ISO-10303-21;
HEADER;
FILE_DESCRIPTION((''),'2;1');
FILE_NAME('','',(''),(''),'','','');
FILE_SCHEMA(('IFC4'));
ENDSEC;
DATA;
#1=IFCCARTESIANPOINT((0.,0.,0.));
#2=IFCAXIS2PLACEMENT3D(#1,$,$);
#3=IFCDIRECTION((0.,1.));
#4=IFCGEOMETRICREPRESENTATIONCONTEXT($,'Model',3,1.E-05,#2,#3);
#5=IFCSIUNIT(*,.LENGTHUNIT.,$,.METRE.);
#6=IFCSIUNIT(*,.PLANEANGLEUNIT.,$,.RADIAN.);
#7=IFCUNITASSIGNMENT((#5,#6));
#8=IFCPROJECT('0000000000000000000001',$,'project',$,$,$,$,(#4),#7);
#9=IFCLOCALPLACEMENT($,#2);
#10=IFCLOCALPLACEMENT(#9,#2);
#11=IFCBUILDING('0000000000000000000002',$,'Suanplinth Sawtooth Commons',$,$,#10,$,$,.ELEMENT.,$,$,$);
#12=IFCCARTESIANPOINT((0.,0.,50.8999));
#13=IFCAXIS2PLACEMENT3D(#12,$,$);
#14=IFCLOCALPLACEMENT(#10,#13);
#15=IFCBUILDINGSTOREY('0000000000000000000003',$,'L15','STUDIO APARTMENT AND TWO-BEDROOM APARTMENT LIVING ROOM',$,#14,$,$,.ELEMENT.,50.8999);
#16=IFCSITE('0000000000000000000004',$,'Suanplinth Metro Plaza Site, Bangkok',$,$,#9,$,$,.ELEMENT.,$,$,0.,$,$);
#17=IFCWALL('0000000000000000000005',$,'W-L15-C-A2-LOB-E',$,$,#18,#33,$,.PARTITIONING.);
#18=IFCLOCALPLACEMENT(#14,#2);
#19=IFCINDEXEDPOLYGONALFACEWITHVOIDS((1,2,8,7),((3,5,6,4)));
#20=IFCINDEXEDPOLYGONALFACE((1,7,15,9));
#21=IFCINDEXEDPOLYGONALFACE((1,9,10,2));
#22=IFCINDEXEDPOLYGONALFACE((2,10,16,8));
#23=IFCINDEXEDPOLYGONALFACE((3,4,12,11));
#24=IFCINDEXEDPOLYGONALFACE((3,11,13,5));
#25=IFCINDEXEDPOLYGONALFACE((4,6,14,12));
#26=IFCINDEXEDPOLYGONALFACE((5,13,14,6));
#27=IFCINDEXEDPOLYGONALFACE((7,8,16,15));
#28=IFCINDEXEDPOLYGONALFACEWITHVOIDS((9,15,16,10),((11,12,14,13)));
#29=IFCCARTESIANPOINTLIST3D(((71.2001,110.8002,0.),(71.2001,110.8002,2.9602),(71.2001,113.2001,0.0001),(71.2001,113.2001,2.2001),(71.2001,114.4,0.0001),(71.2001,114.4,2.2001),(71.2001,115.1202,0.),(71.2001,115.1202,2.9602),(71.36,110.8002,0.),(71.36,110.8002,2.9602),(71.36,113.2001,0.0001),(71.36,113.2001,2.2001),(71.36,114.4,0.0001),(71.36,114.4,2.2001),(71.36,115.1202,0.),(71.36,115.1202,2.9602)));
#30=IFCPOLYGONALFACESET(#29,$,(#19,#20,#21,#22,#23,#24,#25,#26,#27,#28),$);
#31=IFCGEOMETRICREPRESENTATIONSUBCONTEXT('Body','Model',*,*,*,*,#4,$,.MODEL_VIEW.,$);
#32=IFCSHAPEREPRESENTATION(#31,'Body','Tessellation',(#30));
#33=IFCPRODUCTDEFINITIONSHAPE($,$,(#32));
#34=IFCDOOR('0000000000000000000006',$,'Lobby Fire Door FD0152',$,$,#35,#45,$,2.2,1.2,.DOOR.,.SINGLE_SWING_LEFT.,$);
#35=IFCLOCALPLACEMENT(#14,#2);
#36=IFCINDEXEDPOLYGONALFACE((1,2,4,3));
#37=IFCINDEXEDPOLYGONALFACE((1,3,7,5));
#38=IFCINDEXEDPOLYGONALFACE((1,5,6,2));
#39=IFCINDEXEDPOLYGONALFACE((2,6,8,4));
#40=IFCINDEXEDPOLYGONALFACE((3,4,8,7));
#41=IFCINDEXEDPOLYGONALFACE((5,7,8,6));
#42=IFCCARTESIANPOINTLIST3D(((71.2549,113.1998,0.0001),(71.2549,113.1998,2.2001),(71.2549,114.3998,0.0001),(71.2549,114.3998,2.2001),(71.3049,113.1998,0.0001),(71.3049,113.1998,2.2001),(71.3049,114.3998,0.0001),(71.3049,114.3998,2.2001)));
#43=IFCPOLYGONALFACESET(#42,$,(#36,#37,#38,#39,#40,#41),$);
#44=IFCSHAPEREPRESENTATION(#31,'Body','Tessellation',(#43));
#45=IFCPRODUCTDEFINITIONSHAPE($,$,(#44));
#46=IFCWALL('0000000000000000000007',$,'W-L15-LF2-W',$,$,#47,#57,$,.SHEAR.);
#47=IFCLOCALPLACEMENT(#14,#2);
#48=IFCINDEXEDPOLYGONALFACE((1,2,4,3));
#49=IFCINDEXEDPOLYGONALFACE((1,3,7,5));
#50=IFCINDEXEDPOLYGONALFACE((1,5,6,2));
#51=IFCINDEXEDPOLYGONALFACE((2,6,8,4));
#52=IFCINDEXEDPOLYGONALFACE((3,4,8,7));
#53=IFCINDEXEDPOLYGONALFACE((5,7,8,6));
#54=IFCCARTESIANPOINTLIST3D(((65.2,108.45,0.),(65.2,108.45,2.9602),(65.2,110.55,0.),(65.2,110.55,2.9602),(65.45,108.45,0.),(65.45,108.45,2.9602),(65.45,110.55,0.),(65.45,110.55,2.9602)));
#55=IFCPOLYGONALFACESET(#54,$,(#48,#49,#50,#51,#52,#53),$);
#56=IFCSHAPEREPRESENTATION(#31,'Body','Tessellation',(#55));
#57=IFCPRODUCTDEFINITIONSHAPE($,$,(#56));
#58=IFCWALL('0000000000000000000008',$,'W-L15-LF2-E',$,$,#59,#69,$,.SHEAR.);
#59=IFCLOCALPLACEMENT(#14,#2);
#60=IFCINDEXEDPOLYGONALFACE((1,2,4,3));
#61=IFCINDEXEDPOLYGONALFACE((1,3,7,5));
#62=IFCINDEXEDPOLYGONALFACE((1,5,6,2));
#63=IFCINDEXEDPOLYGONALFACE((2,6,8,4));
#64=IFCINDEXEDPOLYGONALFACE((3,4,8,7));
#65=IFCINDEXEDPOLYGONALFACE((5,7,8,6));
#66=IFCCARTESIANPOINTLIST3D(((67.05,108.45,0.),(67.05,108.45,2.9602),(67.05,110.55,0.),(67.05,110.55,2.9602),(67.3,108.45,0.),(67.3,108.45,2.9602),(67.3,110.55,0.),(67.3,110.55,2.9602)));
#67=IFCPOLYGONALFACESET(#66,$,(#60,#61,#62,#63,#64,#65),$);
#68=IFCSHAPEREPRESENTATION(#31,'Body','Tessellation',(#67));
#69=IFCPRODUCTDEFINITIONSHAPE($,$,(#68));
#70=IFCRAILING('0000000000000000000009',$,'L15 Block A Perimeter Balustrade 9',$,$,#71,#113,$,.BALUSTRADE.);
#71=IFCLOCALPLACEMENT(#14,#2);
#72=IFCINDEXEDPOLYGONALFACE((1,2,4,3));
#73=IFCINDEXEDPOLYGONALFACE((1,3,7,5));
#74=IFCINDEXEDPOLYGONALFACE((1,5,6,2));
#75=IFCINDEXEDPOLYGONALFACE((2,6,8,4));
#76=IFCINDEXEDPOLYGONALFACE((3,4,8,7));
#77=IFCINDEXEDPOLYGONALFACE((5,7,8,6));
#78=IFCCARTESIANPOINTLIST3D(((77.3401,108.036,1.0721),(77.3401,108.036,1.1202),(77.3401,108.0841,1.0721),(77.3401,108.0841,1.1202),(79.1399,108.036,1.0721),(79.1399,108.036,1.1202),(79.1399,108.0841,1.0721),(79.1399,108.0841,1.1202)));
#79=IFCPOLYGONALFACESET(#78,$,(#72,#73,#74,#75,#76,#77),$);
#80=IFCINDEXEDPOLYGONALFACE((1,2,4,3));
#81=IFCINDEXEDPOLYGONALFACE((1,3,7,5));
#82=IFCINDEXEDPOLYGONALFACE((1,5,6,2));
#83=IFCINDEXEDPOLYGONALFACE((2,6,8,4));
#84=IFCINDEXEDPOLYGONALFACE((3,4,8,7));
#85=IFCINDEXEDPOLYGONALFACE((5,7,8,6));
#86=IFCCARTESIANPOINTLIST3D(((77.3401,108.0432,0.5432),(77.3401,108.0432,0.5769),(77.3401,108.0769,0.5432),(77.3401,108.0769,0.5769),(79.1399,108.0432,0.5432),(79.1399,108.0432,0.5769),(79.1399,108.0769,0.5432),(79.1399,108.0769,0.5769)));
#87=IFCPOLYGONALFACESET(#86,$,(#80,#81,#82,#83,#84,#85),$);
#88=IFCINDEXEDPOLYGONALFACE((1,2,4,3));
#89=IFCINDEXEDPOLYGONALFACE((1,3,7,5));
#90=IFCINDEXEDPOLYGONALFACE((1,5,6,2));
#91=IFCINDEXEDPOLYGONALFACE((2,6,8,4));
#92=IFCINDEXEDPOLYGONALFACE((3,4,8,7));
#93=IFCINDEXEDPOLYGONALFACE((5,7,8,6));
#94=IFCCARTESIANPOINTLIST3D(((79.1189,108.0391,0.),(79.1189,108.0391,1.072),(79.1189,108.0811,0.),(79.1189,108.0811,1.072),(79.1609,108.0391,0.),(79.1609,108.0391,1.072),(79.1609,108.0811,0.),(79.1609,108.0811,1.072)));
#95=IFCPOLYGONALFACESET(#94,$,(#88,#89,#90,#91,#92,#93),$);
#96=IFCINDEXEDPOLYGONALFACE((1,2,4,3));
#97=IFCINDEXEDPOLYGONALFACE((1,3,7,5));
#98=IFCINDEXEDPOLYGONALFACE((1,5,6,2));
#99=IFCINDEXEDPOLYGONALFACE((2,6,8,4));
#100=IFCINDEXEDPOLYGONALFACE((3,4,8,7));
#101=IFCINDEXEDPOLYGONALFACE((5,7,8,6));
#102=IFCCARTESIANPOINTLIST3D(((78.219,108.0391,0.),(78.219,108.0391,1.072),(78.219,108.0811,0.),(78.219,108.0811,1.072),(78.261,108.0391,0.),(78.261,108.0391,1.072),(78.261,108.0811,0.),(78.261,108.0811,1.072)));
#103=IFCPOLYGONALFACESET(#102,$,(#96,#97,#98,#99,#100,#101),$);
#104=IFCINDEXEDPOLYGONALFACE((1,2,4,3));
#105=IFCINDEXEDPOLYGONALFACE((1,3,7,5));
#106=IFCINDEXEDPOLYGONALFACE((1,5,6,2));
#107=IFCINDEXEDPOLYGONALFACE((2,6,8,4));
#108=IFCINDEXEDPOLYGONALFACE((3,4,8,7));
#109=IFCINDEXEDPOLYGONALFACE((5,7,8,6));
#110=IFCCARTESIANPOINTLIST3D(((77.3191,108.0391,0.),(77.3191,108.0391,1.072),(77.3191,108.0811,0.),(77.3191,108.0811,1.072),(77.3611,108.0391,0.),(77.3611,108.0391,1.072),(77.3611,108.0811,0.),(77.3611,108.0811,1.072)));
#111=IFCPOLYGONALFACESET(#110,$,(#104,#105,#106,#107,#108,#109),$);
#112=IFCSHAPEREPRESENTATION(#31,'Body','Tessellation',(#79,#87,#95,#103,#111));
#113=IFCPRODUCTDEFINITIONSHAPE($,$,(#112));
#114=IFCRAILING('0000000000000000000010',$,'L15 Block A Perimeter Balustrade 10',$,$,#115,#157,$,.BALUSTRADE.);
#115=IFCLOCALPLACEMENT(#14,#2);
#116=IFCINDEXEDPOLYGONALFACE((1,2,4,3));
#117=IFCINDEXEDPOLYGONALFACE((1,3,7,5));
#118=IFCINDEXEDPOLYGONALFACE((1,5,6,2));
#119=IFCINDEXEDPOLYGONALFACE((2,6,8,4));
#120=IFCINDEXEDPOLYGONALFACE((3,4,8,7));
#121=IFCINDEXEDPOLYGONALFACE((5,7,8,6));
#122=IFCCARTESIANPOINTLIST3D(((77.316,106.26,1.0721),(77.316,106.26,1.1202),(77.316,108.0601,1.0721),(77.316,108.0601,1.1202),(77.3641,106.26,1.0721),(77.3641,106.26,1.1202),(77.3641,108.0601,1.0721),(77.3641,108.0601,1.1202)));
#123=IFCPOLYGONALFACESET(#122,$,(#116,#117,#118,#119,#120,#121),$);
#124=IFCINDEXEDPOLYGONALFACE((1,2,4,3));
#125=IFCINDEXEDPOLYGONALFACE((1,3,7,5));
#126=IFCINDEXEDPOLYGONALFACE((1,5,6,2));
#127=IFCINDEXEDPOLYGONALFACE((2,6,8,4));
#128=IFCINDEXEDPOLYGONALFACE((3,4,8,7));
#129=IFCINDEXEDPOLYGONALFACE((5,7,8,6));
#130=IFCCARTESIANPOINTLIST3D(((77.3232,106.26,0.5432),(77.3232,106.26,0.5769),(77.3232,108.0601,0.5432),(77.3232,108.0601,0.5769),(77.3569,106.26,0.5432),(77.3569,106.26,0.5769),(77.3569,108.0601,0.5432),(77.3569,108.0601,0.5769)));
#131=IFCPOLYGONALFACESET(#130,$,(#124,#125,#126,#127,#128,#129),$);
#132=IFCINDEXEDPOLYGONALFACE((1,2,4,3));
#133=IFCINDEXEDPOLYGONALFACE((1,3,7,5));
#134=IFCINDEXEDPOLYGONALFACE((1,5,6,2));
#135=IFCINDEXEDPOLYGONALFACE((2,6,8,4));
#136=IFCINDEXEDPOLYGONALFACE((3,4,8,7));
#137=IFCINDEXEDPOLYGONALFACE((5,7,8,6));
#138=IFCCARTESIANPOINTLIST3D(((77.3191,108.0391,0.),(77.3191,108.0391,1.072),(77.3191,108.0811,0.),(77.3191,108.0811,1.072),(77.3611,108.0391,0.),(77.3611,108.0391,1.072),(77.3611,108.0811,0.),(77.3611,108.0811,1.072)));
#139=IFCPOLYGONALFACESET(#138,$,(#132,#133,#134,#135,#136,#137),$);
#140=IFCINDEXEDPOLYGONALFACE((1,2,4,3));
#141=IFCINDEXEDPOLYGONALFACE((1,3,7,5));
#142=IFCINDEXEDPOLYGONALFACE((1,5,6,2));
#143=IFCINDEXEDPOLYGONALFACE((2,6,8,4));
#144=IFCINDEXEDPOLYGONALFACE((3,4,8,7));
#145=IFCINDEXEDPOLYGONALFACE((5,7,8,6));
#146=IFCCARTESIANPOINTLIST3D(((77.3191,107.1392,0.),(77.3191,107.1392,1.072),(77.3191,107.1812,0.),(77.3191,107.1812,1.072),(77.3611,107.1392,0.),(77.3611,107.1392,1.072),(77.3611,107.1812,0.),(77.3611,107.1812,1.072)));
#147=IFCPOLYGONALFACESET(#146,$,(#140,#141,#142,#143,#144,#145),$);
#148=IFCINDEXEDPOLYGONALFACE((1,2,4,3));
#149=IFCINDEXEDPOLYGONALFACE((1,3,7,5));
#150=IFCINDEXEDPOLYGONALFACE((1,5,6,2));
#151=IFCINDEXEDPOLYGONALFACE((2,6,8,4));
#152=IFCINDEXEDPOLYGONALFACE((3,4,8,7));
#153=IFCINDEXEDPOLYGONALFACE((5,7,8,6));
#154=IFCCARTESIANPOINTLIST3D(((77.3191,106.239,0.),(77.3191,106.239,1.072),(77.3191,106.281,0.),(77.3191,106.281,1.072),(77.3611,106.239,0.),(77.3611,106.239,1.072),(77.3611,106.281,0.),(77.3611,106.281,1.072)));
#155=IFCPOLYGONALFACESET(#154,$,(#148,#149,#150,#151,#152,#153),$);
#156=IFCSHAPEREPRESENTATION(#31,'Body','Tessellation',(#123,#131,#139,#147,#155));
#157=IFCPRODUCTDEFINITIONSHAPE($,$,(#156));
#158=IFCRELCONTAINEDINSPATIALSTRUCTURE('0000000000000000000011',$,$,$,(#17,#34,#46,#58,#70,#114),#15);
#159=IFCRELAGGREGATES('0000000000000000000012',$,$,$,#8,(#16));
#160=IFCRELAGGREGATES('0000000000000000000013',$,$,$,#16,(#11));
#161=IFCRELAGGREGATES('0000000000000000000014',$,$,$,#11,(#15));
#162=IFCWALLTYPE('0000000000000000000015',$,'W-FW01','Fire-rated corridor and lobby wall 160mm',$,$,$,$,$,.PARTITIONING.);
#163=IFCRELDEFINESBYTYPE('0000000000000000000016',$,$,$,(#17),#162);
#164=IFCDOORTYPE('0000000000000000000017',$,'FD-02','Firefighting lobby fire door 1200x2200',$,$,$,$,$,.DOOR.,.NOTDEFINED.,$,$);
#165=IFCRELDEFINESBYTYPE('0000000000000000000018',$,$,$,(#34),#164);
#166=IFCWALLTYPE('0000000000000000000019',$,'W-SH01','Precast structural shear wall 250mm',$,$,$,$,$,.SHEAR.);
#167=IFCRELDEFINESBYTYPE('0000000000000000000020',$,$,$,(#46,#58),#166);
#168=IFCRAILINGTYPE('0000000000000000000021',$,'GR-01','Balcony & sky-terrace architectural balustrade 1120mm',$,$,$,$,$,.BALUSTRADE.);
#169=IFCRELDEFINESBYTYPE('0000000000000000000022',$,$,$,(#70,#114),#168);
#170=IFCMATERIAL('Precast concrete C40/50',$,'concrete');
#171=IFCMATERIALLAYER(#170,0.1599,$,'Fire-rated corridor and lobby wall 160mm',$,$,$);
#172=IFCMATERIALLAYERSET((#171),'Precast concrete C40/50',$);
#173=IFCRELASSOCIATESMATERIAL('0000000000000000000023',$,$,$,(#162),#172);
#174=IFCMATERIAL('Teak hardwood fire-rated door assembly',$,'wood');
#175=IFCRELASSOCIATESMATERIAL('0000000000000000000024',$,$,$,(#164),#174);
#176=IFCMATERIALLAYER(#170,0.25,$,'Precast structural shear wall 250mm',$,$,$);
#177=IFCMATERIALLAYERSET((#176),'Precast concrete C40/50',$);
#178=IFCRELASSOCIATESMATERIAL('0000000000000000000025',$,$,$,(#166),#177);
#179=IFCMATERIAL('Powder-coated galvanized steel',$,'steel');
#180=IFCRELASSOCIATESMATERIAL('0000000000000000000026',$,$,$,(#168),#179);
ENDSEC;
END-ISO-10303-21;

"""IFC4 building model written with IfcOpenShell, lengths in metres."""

from ifc_helpers import new_model, si_unit, direction, frame, frame_2d, origin, origin_2d, place, context, subcontext, project, spatial, rectangle, extrude, material, layer, layer_set, type_object, element, fill, save


model = new_model("IFC4")

# Units and contexts
model_context = context("Model", 3, precision=1e-05, world=origin(), true_north=direction((0.0, 1.0)))
body_context = subcontext(model_context, "Body", "Model", "MODEL_VIEW")
ifc_project = project(units=[si_unit("LENGTHUNIT", "METRE"), si_unit("PLANEANGLEUNIT", "RADIAN")], contexts=[model_context])

# Site, building, storey
site_placement = place(None, origin())
site = spatial("IfcSite", under=ifc_project, at=site_placement, Name="Suanplinth Metro Plaza Site, Bangkok", CompositionType="ELEMENT", RefElevation=0.0)
building_placement = place(site_placement, origin())
building = spatial("IfcBuilding", under=site, at=building_placement, Name="Suanplinth Sawtooth Commons", CompositionType="ELEMENT")
storey_placement = place(building_placement, frame((0.0, 0.0, 50.8999)))
storey = spatial("IfcBuildingStorey", under=building, at=storey_placement, Name="L15", Description="STUDIO APARTMENT AND TWO-BEDROOM APARTMENT LIVING ROOM", CompositionType="ELEMENT", Elevation=50.8999)

# Shared definitions
ifc_material_1 = material(Name="Precast concrete C40/50", Category="concrete")

# Wall, opening, door
ifc_layer_1 = layer(ifc_material_1, 0.1599, Name="Fire-rated corridor and lobby wall 160mm")
ifc_layer_set_1 = layer_set([ifc_layer_1], Name="Precast concrete C40/50")
wall_type_1 = type_object("IfcWallType", Name="W-FW01", Description="Fire-rated corridor and lobby wall 160mm", PredefinedType="PARTITIONING", material=ifc_layer_set_1)
ifc_material_2 = material(Name="Teak hardwood fire-rated door assembly", Category="wood")
door_type_1 = type_object("IfcDoorType", Name="FD-02", Description="Firefighting lobby fire door 1200x2200", OperationType="NOTDEFINED", PredefinedType="DOOR", material=ifc_material_2)
wall_1_placement = place(storey_placement, frame((71.28, 110.8, 0.0), z_axis=(0.0, 0.0, 1.0), x_axis=(0.0, 1.0, 0.0)))
wall_1 = element("IfcWall", 1, at=wall_1_placement, inside=storey, type_object=wall_type_1, Name="W-L15-C-A2-LOB-E", PredefinedType="PARTITIONING", context=body_context, shape_type="SweptSolid", body=[
    extrude(rectangle(XDim=4.3201, YDim=0.1599, at=frame_2d((2.1602, 0.0))), origin(), (0.0, 0.0, 1.0), 2.9602),
])
opening_1_placement = place(wall_1_placement, frame((2.3999, 0.0, 0.0)))
opening_1 = element("IfcOpeningElement", 2, at=opening_1_placement, cuts=wall_1, PredefinedType="OPENING", context=body_context, shape_type="SweptSolid", body=[
    extrude(rectangle(XDim=1.2, YDim=2.2, at=frame_2d((0.6001, 1.1001))), frame((0.0, 0.0947, 0.0), z_axis=(0.0, -1.0, 0.0), x_axis=(1.0, 0.0, 0.0)), (0.0, 0.0, 1.0), 0.1897),
])
door_1_placement = place(opening_1_placement, frame((1.2, 0.0, 0.0), z_axis=(0.0, 0.0, 1.0), x_axis=(-1.0, 0.0, 0.0)))
door_1 = element("IfcDoor", 3, at=door_1_placement, inside=storey, type_object=door_type_1, Name="Lobby Fire Door FD0152", OperationType="SINGLE_SWING_LEFT", OverallHeight=2.2, OverallWidth=1.2, PredefinedType="DOOR", context=body_context, shape_type="SweptSolid", body=[
    extrude(rectangle(XDim=1.2, YDim=2.2, at=frame_2d((0.6001, 1.1001))), frame((0.0, 0.0249, 0.0), z_axis=(0.0, -1.0, 0.0), x_axis=(1.0, 0.0, 0.0)), (0.0, 0.0, 1.0), 0.05),
])
fill(opening_1, door_1)

# Walls
ifc_layer_2 = layer(ifc_material_1, 0.25, Name="Precast structural shear wall 250mm")
ifc_layer_set_2 = layer_set([ifc_layer_2], Name="Precast concrete C40/50")
wall_type_2 = type_object("IfcWallType", Name="W-SH01", Description="Precast structural shear wall 250mm", PredefinedType="SHEAR", material=ifc_layer_set_2)
for number, where, z_axis, x_axis, name in (
    (4, (65.325, 108.45, 0.0), (0.0, 0.0, 1.0), (0.0, 1.0, 0.0), "W-L15-LF2-W"),
    (5, (67.175, 108.45, 0.0), (0.0, 0.0, 1.0), (0.0, 1.0, 0.0), "W-L15-LF2-E"),
):
    element("IfcWall", number, at=place(storey_placement, frame(where, z_axis=z_axis, x_axis=x_axis)), inside=storey, type_object=wall_type_2, Name=name, PredefinedType="SHEAR", context=body_context, shape_type="SweptSolid", body=[
        extrude(rectangle(XDim=2.1001, YDim=0.25, at=frame_2d((1.05, 0.0))), origin(), (0.0, 0.0, 1.0), 2.9602),
    ])

# Railings
ifc_material_3 = material(Name="Powder-coated galvanized steel", Category="steel")
railing_type = type_object("IfcRailingType", Name="GR-01", Description="Balcony & sky-terrace architectural balustrade 1120mm", PredefinedType="BALUSTRADE", material=ifc_material_3)
railing_1_placement = place(storey_placement, frame((79.1399, 108.0601, 0.0)))
element("IfcRailing", 6, at=railing_1_placement, inside=storey, type_object=railing_type, Name="L15 Block A Perimeter Balustrade 9", PredefinedType="BALUSTRADE", context=body_context, shape_type="SweptSolid", body=[
    extrude(rectangle(XDim=0.0481, YDim=0.0481, at=origin_2d()), frame((0.0, 0.0, 1.0962), z_axis=(-1.0, 0.0, 0.0), x_axis=(0.0, -1.0, 0.0)), (0.0, 0.0, 1.0), 1.7998),
    extrude(rectangle(XDim=0.0337, YDim=0.0337, at=origin_2d()), frame((0.0, 0.0, 0.5601), z_axis=(-1.0, 0.0, 0.0), x_axis=(0.0, -1.0, 0.0)), (0.0, 0.0, 1.0), 1.7998),
    extrude(rectangle(XDim=0.042, YDim=0.042, at=origin_2d()), origin(), (0.0, 0.0, 1.0), 1.072),
    extrude(rectangle(XDim=0.042, YDim=0.042, at=origin_2d()), frame((-0.8999, 0.0, 0.0)), (0.0, 0.0, 1.0), 1.072),
    extrude(rectangle(XDim=0.042, YDim=0.042, at=origin_2d()), frame((-1.7998, 0.0, 0.0)), (0.0, 0.0, 1.0), 1.072),
])
railing_2_placement = place(storey_placement, frame((77.3401, 108.0601, 0.0)))
element("IfcRailing", 7, at=railing_2_placement, inside=storey, type_object=railing_type, Name="L15 Block A Perimeter Balustrade 10", PredefinedType="BALUSTRADE", context=body_context, shape_type="SweptSolid", body=[
    extrude(rectangle(XDim=0.0481, YDim=0.0481, at=origin_2d()), frame((0.0, 0.0, 1.0962), z_axis=(0.0, -1.0, 0.0), x_axis=(1.0, 0.0, 0.0)), (0.0, 0.0, 1.0), 1.8),
    extrude(rectangle(XDim=0.0337, YDim=0.0337, at=origin_2d()), frame((0.0, 0.0, 0.5601), z_axis=(0.0, -1.0, 0.0), x_axis=(1.0, 0.0, 0.0)), (0.0, 0.0, 1.0), 1.8),
    extrude(rectangle(XDim=0.042, YDim=0.042, at=origin_2d()), origin(), (0.0, 0.0, 1.0), 1.072),
    extrude(rectangle(XDim=0.042, YDim=0.042, at=origin_2d()), frame((0.0, -0.8999, 0.0)), (0.0, 0.0, 1.0), 1.072),
    extrude(rectangle(XDim=0.042, YDim=0.042, at=origin_2d()), frame((0.0, -1.8, 0.0)), (0.0, 0.0, 1.0), 1.072),
])

save(model, "model.ifc")
